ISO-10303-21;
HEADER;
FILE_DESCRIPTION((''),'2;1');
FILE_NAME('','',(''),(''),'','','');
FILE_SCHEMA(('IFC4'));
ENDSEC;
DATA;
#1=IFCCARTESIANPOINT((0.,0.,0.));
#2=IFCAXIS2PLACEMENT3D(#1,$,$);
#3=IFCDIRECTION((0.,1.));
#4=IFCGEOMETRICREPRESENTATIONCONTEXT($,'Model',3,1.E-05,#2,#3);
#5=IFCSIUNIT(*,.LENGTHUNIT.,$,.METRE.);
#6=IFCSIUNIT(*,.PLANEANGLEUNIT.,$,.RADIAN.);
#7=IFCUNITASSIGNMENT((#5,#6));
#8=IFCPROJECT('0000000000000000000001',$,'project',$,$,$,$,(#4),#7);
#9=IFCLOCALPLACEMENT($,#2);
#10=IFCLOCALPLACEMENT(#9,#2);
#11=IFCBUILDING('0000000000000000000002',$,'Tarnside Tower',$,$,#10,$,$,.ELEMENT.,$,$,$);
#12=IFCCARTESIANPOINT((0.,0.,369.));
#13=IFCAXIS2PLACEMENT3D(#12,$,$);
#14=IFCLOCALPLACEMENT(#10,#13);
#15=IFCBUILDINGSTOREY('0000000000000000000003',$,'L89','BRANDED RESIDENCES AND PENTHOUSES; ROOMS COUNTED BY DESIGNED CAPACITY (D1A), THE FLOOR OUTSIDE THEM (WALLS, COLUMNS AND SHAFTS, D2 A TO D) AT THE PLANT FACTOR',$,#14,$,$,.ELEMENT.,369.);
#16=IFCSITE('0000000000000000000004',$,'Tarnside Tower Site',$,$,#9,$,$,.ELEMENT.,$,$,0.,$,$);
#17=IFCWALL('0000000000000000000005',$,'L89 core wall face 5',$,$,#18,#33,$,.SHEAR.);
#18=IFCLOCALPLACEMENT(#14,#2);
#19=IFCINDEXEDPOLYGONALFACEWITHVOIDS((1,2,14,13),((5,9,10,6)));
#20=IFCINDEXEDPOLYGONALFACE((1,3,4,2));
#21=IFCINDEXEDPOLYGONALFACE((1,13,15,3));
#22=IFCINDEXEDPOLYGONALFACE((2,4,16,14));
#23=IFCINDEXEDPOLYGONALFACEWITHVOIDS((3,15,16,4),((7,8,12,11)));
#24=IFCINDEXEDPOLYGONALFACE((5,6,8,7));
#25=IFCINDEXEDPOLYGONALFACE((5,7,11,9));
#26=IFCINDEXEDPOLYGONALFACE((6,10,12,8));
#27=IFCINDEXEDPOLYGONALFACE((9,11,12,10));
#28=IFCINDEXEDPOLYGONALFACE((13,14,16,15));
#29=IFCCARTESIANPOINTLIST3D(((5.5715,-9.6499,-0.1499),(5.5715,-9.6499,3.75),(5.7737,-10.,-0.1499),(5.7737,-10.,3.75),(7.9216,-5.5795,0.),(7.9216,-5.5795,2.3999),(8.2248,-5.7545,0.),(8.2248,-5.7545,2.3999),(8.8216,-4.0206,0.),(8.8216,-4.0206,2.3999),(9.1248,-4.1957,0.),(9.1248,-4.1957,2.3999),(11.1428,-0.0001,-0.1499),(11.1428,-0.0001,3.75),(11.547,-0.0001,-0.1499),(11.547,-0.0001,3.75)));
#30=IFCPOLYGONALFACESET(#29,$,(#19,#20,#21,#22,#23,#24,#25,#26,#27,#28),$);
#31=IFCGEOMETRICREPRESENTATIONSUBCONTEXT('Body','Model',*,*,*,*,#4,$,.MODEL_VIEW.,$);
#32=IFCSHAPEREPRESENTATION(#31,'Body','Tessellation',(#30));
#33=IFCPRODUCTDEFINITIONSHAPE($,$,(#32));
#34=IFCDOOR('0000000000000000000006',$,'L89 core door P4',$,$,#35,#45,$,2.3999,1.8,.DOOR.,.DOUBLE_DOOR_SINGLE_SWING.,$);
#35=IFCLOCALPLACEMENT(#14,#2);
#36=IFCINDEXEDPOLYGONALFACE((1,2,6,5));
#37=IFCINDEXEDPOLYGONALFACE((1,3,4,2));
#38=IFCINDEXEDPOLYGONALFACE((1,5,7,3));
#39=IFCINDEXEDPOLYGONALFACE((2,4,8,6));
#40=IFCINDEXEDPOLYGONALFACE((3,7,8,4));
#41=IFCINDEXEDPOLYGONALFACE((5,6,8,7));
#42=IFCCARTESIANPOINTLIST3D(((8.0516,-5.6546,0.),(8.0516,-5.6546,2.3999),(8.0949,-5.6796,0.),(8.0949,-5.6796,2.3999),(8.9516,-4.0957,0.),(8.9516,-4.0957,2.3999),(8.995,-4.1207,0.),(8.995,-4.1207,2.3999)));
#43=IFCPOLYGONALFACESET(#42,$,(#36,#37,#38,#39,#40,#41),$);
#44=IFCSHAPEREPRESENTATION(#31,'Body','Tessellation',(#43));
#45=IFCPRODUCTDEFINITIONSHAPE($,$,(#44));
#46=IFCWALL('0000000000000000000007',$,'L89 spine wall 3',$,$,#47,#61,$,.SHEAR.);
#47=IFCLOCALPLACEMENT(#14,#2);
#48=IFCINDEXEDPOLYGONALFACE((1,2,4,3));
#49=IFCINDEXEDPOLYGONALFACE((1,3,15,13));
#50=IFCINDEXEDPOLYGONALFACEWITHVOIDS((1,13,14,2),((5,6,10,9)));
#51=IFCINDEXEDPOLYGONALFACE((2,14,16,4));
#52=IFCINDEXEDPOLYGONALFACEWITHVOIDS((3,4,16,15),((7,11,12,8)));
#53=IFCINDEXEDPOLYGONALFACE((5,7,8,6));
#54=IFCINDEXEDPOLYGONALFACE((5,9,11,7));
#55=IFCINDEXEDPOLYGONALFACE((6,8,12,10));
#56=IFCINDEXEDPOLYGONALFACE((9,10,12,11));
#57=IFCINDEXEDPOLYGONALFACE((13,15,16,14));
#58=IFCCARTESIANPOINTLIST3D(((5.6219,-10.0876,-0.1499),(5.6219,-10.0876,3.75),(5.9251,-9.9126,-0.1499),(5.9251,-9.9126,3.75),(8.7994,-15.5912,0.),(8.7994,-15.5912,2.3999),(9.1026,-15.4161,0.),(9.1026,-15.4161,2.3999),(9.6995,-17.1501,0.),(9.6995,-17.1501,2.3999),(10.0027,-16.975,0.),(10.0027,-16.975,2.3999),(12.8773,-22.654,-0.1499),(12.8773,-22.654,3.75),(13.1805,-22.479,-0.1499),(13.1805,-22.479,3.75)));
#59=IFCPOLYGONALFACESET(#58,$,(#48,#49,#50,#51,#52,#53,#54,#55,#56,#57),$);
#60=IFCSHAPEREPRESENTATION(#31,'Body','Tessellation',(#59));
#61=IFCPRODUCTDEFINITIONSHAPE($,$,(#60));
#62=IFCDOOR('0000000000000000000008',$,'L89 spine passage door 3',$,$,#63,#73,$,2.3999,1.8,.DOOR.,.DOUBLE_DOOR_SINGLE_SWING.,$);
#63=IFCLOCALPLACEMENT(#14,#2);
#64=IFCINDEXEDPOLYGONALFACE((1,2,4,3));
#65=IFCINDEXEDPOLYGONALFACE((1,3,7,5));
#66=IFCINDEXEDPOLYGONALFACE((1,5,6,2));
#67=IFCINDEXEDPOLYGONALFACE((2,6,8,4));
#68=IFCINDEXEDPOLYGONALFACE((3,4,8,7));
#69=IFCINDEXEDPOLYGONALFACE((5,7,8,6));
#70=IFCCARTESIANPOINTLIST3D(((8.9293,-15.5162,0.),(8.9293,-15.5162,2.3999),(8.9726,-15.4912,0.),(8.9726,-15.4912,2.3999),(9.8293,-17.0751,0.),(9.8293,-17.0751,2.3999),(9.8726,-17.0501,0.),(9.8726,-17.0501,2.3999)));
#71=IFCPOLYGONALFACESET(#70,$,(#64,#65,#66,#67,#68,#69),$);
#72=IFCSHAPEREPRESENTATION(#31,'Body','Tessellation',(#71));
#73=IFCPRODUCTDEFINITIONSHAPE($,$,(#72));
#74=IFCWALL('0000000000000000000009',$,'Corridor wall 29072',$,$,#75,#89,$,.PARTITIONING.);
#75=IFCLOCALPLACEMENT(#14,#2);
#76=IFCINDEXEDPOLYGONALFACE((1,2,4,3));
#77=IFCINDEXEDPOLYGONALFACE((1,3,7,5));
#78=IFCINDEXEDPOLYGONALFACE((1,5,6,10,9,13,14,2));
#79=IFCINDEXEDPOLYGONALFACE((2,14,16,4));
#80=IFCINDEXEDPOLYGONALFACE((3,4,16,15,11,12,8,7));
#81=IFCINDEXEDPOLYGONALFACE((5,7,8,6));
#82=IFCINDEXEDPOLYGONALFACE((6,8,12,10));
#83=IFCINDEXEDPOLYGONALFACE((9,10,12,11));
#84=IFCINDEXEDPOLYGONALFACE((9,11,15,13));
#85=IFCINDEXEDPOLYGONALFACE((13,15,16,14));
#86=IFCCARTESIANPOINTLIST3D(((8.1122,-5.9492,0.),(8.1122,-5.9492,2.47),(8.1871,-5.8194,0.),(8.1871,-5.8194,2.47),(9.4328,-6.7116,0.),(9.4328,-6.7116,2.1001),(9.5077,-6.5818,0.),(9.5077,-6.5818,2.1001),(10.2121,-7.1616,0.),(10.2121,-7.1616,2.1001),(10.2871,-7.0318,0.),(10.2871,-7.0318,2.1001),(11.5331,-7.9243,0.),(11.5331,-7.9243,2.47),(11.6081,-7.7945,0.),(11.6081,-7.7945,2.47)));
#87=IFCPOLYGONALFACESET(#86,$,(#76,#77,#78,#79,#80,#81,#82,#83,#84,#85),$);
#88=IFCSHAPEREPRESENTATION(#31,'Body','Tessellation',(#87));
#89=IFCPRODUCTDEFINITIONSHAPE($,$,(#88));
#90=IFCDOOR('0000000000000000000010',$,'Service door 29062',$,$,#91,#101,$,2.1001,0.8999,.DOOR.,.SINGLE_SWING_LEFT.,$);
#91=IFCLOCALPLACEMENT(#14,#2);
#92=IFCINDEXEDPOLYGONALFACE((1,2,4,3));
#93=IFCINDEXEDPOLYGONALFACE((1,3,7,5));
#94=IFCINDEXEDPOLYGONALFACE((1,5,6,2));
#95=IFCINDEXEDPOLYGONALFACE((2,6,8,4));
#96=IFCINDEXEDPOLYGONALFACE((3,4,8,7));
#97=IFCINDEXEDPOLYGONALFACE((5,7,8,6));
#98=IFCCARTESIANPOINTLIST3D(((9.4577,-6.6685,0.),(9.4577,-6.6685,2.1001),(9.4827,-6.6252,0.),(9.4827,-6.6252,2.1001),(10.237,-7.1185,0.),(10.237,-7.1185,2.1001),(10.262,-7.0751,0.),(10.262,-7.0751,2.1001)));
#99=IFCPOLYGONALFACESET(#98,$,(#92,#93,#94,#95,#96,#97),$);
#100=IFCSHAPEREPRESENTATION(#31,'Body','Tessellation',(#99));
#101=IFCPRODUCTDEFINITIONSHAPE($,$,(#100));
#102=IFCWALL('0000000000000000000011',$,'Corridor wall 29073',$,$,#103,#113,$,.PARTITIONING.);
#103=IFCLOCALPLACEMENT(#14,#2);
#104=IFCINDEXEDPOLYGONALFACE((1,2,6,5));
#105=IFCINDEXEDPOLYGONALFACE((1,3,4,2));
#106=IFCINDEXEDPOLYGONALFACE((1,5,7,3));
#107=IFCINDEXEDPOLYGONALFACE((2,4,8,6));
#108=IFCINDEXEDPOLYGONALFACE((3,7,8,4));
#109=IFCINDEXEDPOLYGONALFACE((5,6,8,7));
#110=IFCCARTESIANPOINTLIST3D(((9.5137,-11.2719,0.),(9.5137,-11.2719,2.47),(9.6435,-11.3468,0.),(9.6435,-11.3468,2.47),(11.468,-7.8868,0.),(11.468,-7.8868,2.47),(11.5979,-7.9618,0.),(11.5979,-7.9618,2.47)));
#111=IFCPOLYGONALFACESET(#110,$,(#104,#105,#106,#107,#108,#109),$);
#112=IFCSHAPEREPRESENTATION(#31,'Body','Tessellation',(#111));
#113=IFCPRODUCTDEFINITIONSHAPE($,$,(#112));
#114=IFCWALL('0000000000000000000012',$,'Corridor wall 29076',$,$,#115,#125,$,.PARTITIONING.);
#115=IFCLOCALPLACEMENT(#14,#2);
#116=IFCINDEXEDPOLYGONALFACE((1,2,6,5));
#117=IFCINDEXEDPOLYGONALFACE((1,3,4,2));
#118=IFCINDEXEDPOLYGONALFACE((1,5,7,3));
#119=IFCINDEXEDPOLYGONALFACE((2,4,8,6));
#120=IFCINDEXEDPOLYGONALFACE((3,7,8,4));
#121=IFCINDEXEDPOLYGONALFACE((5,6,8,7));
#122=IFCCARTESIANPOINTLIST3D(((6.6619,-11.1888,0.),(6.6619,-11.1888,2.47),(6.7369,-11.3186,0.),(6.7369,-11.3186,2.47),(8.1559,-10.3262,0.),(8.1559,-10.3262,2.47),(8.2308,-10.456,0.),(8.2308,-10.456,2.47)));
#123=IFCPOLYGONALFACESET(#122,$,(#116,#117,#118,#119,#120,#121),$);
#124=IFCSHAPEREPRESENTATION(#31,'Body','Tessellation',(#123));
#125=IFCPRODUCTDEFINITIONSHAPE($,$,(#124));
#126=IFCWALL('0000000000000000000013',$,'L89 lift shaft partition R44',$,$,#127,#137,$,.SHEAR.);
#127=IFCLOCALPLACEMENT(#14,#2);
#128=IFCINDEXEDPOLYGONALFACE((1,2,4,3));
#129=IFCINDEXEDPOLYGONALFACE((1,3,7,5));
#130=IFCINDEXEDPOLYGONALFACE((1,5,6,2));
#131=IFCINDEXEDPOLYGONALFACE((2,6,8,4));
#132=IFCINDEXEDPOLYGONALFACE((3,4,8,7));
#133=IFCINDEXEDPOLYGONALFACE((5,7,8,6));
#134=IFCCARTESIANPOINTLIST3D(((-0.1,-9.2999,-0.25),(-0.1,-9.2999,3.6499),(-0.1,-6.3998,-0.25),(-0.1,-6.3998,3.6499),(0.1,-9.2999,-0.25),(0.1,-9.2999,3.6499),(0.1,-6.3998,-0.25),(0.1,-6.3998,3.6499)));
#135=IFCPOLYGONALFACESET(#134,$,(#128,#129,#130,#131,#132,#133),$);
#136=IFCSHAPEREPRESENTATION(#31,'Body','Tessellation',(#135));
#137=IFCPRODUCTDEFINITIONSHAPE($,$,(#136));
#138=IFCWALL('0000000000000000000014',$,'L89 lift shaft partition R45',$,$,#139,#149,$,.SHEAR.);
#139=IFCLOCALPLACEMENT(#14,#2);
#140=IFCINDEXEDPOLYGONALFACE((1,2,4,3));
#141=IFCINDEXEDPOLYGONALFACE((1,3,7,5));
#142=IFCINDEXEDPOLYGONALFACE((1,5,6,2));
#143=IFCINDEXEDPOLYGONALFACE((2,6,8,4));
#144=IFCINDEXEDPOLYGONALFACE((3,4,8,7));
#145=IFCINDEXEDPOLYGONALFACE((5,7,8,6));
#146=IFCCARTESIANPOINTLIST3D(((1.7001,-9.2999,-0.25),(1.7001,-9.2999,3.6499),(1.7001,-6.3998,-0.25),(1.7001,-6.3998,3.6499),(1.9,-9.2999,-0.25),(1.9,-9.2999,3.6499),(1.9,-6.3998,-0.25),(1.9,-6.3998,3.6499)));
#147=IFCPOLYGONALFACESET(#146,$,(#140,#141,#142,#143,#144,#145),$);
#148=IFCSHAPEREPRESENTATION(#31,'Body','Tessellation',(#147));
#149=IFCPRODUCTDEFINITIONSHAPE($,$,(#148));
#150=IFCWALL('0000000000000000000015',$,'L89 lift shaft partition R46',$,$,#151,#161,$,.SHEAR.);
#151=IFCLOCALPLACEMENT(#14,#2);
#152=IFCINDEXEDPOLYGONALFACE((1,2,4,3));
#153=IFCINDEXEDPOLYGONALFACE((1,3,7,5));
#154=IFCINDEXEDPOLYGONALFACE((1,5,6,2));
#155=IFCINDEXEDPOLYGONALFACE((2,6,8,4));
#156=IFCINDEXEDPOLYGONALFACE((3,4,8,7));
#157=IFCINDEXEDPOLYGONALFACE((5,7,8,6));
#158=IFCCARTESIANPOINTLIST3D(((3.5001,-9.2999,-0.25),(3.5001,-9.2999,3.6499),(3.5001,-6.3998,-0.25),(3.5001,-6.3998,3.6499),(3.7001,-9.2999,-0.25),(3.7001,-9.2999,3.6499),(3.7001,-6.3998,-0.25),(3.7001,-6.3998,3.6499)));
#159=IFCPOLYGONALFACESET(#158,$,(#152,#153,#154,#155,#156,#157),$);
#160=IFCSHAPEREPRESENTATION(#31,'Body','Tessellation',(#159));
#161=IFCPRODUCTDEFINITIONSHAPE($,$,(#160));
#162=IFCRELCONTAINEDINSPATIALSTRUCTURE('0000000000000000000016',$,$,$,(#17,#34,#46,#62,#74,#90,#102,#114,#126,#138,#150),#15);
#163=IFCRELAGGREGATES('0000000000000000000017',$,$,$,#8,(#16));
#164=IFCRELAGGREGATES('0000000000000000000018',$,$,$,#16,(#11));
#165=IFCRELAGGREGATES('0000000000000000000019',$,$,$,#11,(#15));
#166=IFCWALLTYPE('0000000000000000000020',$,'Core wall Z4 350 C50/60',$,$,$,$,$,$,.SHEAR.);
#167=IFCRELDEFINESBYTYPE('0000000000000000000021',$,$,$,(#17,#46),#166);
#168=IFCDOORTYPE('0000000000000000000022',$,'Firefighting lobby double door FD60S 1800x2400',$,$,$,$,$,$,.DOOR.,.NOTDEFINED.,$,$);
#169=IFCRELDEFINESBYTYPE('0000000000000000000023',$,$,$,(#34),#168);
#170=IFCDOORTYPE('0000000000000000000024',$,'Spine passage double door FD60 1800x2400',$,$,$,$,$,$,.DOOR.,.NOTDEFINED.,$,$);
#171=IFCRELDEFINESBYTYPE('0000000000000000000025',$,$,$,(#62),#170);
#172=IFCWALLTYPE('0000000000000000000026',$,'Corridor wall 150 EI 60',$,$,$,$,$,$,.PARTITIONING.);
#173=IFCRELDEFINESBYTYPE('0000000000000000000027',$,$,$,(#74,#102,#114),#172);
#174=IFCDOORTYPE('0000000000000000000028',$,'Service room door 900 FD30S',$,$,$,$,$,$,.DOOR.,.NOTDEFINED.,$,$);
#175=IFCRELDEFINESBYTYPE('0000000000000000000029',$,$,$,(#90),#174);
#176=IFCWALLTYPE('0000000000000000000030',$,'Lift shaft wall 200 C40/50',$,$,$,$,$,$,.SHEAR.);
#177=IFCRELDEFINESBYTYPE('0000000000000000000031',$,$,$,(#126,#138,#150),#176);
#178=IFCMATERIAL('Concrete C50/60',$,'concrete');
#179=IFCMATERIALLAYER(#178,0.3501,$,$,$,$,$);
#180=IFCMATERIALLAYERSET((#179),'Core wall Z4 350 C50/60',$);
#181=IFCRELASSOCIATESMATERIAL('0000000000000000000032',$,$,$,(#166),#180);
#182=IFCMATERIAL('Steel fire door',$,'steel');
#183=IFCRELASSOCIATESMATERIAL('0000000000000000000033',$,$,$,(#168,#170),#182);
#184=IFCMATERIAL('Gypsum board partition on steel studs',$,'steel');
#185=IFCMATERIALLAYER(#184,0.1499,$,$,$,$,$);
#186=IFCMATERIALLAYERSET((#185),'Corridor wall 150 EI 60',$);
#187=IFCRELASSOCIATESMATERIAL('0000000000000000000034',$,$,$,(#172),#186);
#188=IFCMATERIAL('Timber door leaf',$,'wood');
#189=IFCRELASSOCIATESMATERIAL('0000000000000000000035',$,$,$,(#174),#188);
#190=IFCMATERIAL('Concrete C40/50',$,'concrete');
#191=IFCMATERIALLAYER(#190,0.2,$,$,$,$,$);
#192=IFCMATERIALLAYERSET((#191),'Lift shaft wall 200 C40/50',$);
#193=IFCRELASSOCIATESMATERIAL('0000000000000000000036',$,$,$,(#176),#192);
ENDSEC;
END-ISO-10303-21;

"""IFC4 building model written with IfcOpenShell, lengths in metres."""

from ifc_helpers import new_model, si_unit, direction, frame, frame_2d, origin, place, context, subcontext, project, spatial, polyline, rectangle, outline, extrude, material, layer, layer_set, type_object, element, fill, save


model = new_model("IFC4")

# Units and contexts
model_context = context("Model", 3, precision=1e-05, world=origin(), true_north=direction((0.0, 1.0)))
body_context = subcontext(model_context, "Body", "Model", "MODEL_VIEW")
ifc_project = project(units=[si_unit("LENGTHUNIT", "METRE"), si_unit("PLANEANGLEUNIT", "RADIAN")], contexts=[model_context])

# Site, building, storey
site_placement = place(None, origin())
site = spatial("IfcSite", under=ifc_project, at=site_placement, Name="Tarnside Tower Site", CompositionType="ELEMENT", RefElevation=0.0)
building_placement = place(site_placement, origin())
building = spatial("IfcBuilding", under=site, at=building_placement, Name="Tarnside Tower", CompositionType="ELEMENT")
storey_placement = place(building_placement, frame((0.0, 0.0, 369.0)))
storey = spatial("IfcBuildingStorey", under=building, at=storey_placement, Name="L89", Description="BRANDED RESIDENCES AND PENTHOUSES; ROOMS COUNTED BY DESIGNED CAPACITY (D1A), THE FLOOR OUTSIDE THEM (WALLS, COLUMNS AND SHAFTS, D2 A TO D) AT THE PLANT FACTOR", CompositionType="ELEMENT", Elevation=369.0)

# Shared definitions
ifc_material_1 = material(Name="Concrete C40/50", Category="concrete")

# Shared definitions
ifc_material_2 = material(Name="Steel fire door", Category="steel")

# Walls, openings, doors
ifc_material_3 = material(Name="Concrete C50/60", Category="concrete")
ifc_layer_1 = layer(ifc_material_3, 0.3501)
ifc_layer_set_1 = layer_set([ifc_layer_1], Name="Core wall Z4 350 C50/60")
wall_type_1 = type_object("IfcWallType", Name="Core wall Z4 350 C50/60", PredefinedType="SHEAR", material=ifc_layer_set_1)
wall_1_placement = place(storey_placement, frame((5.6726, -9.825, -0.1499), z_axis=(0.0, 0.0, 1.0), x_axis=(0.499995, 0.866028, 0.0)))
wall_1 = element("IfcWall", 1, at=wall_1_placement, inside=storey, type_object=wall_type_1, Name="L89 core wall face 5", PredefinedType="SHEAR", context=body_context, shape_type="SweptSolid", body=[
    extrude(outline(polyline([(-0.1011, -0.175), (11.4458, -0.175), (11.2437, 0.175), (0.1011, 0.175), (-0.1011, -0.175)])), origin(), (0.0, 0.0, 1.0), 3.8999),
])
opening_1_placement = place(wall_1_placement, frame((4.8013, 0.0, 0.1499)))
opening_1 = element("IfcOpeningElement", 2, at=opening_1_placement, cuts=wall_1, PredefinedType="OPENING", context=body_context, shape_type="SweptSolid", body=[
    extrude(rectangle(XDim=1.8, YDim=2.3999, at=frame_2d((0.8999, 1.2))), frame((0.0, 0.1851, 0.0), z_axis=(0.0, -1.0, 0.0), x_axis=(1.0, 0.0, 0.0)), (0.0, 0.0, 1.0), 0.3701),
])
door_type_1 = type_object("IfcDoorType", Name="Firefighting lobby double door FD60S 1800x2400", OperationType="NOTDEFINED", PredefinedType="DOOR", material=ifc_material_2)
door_1_placement = place(opening_1_placement, origin())
door_1 = element("IfcDoor", 3, at=door_1_placement, inside=storey, type_object=door_type_1, Name="L89 core door P4", OperationType="DOUBLE_DOOR_SINGLE_SWING", OverallHeight=2.3999, OverallWidth=1.8, PredefinedType="DOOR", context=body_context, shape_type="SweptSolid", body=[
    extrude(rectangle(XDim=1.8, YDim=2.3999, at=frame_2d((0.8999, 1.2))), frame((0.0, 0.0249, 0.0), z_axis=(0.0, -1.0, 0.0), x_axis=(1.0, 0.0, 0.0)), (0.0, 0.0, 1.0), 0.05),
])
fill(opening_1, door_1)
wall_2_placement = place(storey_placement, frame((5.7734, -10.0, -0.1499), z_axis=(0.0, 0.0, 1.0), x_axis=(0.500008, -0.866021, 0.0)))
wall_2 = element("IfcWall", 4, at=wall_2_placement, inside=storey, type_object=wall_type_1, Name="L89 spine wall 3", PredefinedType="SHEAR", context=body_context, shape_type="SweptSolid", body=[
    extrude(rectangle(XDim=14.5105, YDim=0.3501, at=frame_2d((7.2554, 0.0))), origin(), (0.0, 0.0, 1.0), 3.8999),
])
opening_2_placement = place(wall_2_placement, frame((6.3552, 0.0, 0.1499)))
opening_2 = element("IfcOpeningElement", 5, at=opening_2_placement, cuts=wall_2, PredefinedType="OPENING", context=body_context, shape_type="SweptSolid", body=[
    extrude(rectangle(XDim=1.8, YDim=2.3999, at=frame_2d((0.8999, 1.2))), frame((0.0, 0.1851, 0.0), z_axis=(0.0, -1.0, 0.0), x_axis=(1.0, 0.0, 0.0)), (0.0, 0.0, 1.0), 0.3701),
])
door_type_2 = type_object("IfcDoorType", Name="Spine passage double door FD60 1800x2400", OperationType="NOTDEFINED", PredefinedType="DOOR", material=ifc_material_2)
door_2_placement = place(opening_2_placement, origin())
door_2 = element("IfcDoor", 6, at=door_2_placement, inside=storey, type_object=door_type_2, Name="L89 spine passage door 3", OperationType="DOUBLE_DOOR_SINGLE_SWING", OverallHeight=2.3999, OverallWidth=1.8, PredefinedType="DOOR", context=body_context, shape_type="SweptSolid", body=[
    extrude(rectangle(XDim=1.8, YDim=2.3999, at=frame_2d((0.8999, 1.2))), frame((0.0, 0.0249, 0.0), z_axis=(0.0, -1.0, 0.0), x_axis=(1.0, 0.0, 0.0)), (0.0, 0.0, 1.0), 0.05),
])
fill(opening_2, door_2)
ifc_material_4 = material(Name="Gypsum board partition on steel studs", Category="steel")
ifc_layer_2 = layer(ifc_material_4, 0.1499)
ifc_layer_set_2 = layer_set([ifc_layer_2], Name="Corridor wall 150 EI 60")
wall_type_2 = type_object("IfcWallType", Name="Corridor wall 150 EI 60", PredefinedType="PARTITIONING", material=ifc_layer_set_2)
wall_3_placement = place(storey_placement, frame((8.1497, -5.8843, 0.0), z_axis=(0.0, 0.0, 1.0), x_axis=(0.866021, -0.500008, 0.0)))
wall_3 = element("IfcWall", 7, at=wall_3_placement, inside=storey, type_object=wall_type_2, Name="Corridor wall 29072", PredefinedType="PARTITIONING", context=body_context, shape_type="SweptSolid", body=[
    extrude(rectangle(XDim=3.9502, YDim=0.1499, at=frame_2d((1.9751, 0.0))), origin(), (0.0, 0.0, 1.0), 2.47),
])
opening_3_placement = place(wall_3_placement, frame((1.5249, 0.0, 0.0)))
opening_3 = element("IfcOpeningElement", 8, at=opening_3_placement, cuts=wall_3, PredefinedType="OPENING", context=body_context, shape_type="SweptSolid", body=[
    extrude(rectangle(XDim=0.8999, YDim=2.1001, at=frame_2d((0.45, 1.05))), frame((0.0, 0.085, 0.0), z_axis=(0.0, -1.0, 0.0), x_axis=(1.0, 0.0, 0.0)), (0.0, 0.0, 1.0), 0.1699),
])
ifc_material_5 = material(Name="Timber door leaf", Category="wood")
door_type_3 = type_object("IfcDoorType", Name="Service room door 900 FD30S", OperationType="NOTDEFINED", PredefinedType="DOOR", material=ifc_material_5)
door_3_placement = place(opening_3_placement, origin())
door_3 = element("IfcDoor", 9, at=door_3_placement, inside=storey, type_object=door_type_3, Name="Service door 29062", OperationType="SINGLE_SWING_LEFT", OverallHeight=2.1001, OverallWidth=0.8999, PredefinedType="DOOR", context=body_context, shape_type="SweptSolid", body=[
    extrude(rectangle(XDim=0.8999, YDim=2.1001, at=frame_2d((0.45, 1.05))), frame((0.0, 0.0249, 0.0), z_axis=(0.0, -1.0, 0.0), x_axis=(1.0, 0.0, 0.0)), (0.0, 0.0, 1.0), 0.05),
])
fill(opening_3, door_3)

# Walls
wall_4_placement = place(storey_placement, frame((11.533, -7.9243, 0.0), z_axis=(0.0, 0.0, 1.0), x_axis=(-0.500002, -0.866024, 0.0)))
element("IfcWall", 10, at=wall_4_placement, inside=storey, type_object=wall_type_2, Name="Corridor wall 29073", PredefinedType="PARTITIONING", context=body_context, shape_type="SweptSolid", body=[
    extrude(rectangle(XDim=3.9087, YDim=0.1499, at=frame_2d((1.9543, 0.0))), origin(), (0.0, 0.0, 1.0), 2.47),
])
wall_5_placement = place(storey_placement, frame((8.1934, -10.3911, 0.0), z_axis=(0.0, 0.0, 1.0), x_axis=(-0.866014, -0.500021, 0.0)))
element("IfcWall", 11, at=wall_5_placement, inside=storey, type_object=wall_type_2, Name="Corridor wall 29076", PredefinedType="PARTITIONING", context=body_context, shape_type="SweptSolid", body=[
    extrude(rectangle(XDim=1.7251, YDim=0.1499, at=frame_2d((0.8625, 0.0))), origin(), (0.0, 0.0, 1.0), 2.47),
])
ifc_layer_3 = layer(ifc_material_1, 0.2)
ifc_layer_set_3 = layer_set([ifc_layer_3], Name="Lift shaft wall 200 C40/50")
wall_type_3 = type_object("IfcWallType", Name="Lift shaft wall 200 C40/50", PredefinedType="SHEAR", material=ifc_layer_set_3)
for number, where, z_axis, x_axis, name in (
    (12, (0.0, -9.3, -0.25), (0.0, 0.0, 1.0), (0.0, 1.0, 0.0), "L89 lift shaft partition R44"),
    (13, (1.8, -9.3, -0.25), (0.0, 0.0, 1.0), (0.0, 1.0, 0.0), "L89 lift shaft partition R45"),
    (14, (3.6001, -9.3, -0.25), (0.0, 0.0, 1.0), (0.0, 1.0, 0.0), "L89 lift shaft partition R46"),
):
    element("IfcWall", number, at=place(storey_placement, frame(where, z_axis=z_axis, x_axis=x_axis)), inside=storey, type_object=wall_type_3, Name=name, PredefinedType="SHEAR", context=body_context, shape_type="SweptSolid", body=[
        extrude(rectangle(XDim=2.9001, YDim=0.2, at=frame_2d((1.4502, 0.0))), origin(), (0.0, 0.0, 1.0), 3.8999),
    ])

save(model, "model.ifc")
